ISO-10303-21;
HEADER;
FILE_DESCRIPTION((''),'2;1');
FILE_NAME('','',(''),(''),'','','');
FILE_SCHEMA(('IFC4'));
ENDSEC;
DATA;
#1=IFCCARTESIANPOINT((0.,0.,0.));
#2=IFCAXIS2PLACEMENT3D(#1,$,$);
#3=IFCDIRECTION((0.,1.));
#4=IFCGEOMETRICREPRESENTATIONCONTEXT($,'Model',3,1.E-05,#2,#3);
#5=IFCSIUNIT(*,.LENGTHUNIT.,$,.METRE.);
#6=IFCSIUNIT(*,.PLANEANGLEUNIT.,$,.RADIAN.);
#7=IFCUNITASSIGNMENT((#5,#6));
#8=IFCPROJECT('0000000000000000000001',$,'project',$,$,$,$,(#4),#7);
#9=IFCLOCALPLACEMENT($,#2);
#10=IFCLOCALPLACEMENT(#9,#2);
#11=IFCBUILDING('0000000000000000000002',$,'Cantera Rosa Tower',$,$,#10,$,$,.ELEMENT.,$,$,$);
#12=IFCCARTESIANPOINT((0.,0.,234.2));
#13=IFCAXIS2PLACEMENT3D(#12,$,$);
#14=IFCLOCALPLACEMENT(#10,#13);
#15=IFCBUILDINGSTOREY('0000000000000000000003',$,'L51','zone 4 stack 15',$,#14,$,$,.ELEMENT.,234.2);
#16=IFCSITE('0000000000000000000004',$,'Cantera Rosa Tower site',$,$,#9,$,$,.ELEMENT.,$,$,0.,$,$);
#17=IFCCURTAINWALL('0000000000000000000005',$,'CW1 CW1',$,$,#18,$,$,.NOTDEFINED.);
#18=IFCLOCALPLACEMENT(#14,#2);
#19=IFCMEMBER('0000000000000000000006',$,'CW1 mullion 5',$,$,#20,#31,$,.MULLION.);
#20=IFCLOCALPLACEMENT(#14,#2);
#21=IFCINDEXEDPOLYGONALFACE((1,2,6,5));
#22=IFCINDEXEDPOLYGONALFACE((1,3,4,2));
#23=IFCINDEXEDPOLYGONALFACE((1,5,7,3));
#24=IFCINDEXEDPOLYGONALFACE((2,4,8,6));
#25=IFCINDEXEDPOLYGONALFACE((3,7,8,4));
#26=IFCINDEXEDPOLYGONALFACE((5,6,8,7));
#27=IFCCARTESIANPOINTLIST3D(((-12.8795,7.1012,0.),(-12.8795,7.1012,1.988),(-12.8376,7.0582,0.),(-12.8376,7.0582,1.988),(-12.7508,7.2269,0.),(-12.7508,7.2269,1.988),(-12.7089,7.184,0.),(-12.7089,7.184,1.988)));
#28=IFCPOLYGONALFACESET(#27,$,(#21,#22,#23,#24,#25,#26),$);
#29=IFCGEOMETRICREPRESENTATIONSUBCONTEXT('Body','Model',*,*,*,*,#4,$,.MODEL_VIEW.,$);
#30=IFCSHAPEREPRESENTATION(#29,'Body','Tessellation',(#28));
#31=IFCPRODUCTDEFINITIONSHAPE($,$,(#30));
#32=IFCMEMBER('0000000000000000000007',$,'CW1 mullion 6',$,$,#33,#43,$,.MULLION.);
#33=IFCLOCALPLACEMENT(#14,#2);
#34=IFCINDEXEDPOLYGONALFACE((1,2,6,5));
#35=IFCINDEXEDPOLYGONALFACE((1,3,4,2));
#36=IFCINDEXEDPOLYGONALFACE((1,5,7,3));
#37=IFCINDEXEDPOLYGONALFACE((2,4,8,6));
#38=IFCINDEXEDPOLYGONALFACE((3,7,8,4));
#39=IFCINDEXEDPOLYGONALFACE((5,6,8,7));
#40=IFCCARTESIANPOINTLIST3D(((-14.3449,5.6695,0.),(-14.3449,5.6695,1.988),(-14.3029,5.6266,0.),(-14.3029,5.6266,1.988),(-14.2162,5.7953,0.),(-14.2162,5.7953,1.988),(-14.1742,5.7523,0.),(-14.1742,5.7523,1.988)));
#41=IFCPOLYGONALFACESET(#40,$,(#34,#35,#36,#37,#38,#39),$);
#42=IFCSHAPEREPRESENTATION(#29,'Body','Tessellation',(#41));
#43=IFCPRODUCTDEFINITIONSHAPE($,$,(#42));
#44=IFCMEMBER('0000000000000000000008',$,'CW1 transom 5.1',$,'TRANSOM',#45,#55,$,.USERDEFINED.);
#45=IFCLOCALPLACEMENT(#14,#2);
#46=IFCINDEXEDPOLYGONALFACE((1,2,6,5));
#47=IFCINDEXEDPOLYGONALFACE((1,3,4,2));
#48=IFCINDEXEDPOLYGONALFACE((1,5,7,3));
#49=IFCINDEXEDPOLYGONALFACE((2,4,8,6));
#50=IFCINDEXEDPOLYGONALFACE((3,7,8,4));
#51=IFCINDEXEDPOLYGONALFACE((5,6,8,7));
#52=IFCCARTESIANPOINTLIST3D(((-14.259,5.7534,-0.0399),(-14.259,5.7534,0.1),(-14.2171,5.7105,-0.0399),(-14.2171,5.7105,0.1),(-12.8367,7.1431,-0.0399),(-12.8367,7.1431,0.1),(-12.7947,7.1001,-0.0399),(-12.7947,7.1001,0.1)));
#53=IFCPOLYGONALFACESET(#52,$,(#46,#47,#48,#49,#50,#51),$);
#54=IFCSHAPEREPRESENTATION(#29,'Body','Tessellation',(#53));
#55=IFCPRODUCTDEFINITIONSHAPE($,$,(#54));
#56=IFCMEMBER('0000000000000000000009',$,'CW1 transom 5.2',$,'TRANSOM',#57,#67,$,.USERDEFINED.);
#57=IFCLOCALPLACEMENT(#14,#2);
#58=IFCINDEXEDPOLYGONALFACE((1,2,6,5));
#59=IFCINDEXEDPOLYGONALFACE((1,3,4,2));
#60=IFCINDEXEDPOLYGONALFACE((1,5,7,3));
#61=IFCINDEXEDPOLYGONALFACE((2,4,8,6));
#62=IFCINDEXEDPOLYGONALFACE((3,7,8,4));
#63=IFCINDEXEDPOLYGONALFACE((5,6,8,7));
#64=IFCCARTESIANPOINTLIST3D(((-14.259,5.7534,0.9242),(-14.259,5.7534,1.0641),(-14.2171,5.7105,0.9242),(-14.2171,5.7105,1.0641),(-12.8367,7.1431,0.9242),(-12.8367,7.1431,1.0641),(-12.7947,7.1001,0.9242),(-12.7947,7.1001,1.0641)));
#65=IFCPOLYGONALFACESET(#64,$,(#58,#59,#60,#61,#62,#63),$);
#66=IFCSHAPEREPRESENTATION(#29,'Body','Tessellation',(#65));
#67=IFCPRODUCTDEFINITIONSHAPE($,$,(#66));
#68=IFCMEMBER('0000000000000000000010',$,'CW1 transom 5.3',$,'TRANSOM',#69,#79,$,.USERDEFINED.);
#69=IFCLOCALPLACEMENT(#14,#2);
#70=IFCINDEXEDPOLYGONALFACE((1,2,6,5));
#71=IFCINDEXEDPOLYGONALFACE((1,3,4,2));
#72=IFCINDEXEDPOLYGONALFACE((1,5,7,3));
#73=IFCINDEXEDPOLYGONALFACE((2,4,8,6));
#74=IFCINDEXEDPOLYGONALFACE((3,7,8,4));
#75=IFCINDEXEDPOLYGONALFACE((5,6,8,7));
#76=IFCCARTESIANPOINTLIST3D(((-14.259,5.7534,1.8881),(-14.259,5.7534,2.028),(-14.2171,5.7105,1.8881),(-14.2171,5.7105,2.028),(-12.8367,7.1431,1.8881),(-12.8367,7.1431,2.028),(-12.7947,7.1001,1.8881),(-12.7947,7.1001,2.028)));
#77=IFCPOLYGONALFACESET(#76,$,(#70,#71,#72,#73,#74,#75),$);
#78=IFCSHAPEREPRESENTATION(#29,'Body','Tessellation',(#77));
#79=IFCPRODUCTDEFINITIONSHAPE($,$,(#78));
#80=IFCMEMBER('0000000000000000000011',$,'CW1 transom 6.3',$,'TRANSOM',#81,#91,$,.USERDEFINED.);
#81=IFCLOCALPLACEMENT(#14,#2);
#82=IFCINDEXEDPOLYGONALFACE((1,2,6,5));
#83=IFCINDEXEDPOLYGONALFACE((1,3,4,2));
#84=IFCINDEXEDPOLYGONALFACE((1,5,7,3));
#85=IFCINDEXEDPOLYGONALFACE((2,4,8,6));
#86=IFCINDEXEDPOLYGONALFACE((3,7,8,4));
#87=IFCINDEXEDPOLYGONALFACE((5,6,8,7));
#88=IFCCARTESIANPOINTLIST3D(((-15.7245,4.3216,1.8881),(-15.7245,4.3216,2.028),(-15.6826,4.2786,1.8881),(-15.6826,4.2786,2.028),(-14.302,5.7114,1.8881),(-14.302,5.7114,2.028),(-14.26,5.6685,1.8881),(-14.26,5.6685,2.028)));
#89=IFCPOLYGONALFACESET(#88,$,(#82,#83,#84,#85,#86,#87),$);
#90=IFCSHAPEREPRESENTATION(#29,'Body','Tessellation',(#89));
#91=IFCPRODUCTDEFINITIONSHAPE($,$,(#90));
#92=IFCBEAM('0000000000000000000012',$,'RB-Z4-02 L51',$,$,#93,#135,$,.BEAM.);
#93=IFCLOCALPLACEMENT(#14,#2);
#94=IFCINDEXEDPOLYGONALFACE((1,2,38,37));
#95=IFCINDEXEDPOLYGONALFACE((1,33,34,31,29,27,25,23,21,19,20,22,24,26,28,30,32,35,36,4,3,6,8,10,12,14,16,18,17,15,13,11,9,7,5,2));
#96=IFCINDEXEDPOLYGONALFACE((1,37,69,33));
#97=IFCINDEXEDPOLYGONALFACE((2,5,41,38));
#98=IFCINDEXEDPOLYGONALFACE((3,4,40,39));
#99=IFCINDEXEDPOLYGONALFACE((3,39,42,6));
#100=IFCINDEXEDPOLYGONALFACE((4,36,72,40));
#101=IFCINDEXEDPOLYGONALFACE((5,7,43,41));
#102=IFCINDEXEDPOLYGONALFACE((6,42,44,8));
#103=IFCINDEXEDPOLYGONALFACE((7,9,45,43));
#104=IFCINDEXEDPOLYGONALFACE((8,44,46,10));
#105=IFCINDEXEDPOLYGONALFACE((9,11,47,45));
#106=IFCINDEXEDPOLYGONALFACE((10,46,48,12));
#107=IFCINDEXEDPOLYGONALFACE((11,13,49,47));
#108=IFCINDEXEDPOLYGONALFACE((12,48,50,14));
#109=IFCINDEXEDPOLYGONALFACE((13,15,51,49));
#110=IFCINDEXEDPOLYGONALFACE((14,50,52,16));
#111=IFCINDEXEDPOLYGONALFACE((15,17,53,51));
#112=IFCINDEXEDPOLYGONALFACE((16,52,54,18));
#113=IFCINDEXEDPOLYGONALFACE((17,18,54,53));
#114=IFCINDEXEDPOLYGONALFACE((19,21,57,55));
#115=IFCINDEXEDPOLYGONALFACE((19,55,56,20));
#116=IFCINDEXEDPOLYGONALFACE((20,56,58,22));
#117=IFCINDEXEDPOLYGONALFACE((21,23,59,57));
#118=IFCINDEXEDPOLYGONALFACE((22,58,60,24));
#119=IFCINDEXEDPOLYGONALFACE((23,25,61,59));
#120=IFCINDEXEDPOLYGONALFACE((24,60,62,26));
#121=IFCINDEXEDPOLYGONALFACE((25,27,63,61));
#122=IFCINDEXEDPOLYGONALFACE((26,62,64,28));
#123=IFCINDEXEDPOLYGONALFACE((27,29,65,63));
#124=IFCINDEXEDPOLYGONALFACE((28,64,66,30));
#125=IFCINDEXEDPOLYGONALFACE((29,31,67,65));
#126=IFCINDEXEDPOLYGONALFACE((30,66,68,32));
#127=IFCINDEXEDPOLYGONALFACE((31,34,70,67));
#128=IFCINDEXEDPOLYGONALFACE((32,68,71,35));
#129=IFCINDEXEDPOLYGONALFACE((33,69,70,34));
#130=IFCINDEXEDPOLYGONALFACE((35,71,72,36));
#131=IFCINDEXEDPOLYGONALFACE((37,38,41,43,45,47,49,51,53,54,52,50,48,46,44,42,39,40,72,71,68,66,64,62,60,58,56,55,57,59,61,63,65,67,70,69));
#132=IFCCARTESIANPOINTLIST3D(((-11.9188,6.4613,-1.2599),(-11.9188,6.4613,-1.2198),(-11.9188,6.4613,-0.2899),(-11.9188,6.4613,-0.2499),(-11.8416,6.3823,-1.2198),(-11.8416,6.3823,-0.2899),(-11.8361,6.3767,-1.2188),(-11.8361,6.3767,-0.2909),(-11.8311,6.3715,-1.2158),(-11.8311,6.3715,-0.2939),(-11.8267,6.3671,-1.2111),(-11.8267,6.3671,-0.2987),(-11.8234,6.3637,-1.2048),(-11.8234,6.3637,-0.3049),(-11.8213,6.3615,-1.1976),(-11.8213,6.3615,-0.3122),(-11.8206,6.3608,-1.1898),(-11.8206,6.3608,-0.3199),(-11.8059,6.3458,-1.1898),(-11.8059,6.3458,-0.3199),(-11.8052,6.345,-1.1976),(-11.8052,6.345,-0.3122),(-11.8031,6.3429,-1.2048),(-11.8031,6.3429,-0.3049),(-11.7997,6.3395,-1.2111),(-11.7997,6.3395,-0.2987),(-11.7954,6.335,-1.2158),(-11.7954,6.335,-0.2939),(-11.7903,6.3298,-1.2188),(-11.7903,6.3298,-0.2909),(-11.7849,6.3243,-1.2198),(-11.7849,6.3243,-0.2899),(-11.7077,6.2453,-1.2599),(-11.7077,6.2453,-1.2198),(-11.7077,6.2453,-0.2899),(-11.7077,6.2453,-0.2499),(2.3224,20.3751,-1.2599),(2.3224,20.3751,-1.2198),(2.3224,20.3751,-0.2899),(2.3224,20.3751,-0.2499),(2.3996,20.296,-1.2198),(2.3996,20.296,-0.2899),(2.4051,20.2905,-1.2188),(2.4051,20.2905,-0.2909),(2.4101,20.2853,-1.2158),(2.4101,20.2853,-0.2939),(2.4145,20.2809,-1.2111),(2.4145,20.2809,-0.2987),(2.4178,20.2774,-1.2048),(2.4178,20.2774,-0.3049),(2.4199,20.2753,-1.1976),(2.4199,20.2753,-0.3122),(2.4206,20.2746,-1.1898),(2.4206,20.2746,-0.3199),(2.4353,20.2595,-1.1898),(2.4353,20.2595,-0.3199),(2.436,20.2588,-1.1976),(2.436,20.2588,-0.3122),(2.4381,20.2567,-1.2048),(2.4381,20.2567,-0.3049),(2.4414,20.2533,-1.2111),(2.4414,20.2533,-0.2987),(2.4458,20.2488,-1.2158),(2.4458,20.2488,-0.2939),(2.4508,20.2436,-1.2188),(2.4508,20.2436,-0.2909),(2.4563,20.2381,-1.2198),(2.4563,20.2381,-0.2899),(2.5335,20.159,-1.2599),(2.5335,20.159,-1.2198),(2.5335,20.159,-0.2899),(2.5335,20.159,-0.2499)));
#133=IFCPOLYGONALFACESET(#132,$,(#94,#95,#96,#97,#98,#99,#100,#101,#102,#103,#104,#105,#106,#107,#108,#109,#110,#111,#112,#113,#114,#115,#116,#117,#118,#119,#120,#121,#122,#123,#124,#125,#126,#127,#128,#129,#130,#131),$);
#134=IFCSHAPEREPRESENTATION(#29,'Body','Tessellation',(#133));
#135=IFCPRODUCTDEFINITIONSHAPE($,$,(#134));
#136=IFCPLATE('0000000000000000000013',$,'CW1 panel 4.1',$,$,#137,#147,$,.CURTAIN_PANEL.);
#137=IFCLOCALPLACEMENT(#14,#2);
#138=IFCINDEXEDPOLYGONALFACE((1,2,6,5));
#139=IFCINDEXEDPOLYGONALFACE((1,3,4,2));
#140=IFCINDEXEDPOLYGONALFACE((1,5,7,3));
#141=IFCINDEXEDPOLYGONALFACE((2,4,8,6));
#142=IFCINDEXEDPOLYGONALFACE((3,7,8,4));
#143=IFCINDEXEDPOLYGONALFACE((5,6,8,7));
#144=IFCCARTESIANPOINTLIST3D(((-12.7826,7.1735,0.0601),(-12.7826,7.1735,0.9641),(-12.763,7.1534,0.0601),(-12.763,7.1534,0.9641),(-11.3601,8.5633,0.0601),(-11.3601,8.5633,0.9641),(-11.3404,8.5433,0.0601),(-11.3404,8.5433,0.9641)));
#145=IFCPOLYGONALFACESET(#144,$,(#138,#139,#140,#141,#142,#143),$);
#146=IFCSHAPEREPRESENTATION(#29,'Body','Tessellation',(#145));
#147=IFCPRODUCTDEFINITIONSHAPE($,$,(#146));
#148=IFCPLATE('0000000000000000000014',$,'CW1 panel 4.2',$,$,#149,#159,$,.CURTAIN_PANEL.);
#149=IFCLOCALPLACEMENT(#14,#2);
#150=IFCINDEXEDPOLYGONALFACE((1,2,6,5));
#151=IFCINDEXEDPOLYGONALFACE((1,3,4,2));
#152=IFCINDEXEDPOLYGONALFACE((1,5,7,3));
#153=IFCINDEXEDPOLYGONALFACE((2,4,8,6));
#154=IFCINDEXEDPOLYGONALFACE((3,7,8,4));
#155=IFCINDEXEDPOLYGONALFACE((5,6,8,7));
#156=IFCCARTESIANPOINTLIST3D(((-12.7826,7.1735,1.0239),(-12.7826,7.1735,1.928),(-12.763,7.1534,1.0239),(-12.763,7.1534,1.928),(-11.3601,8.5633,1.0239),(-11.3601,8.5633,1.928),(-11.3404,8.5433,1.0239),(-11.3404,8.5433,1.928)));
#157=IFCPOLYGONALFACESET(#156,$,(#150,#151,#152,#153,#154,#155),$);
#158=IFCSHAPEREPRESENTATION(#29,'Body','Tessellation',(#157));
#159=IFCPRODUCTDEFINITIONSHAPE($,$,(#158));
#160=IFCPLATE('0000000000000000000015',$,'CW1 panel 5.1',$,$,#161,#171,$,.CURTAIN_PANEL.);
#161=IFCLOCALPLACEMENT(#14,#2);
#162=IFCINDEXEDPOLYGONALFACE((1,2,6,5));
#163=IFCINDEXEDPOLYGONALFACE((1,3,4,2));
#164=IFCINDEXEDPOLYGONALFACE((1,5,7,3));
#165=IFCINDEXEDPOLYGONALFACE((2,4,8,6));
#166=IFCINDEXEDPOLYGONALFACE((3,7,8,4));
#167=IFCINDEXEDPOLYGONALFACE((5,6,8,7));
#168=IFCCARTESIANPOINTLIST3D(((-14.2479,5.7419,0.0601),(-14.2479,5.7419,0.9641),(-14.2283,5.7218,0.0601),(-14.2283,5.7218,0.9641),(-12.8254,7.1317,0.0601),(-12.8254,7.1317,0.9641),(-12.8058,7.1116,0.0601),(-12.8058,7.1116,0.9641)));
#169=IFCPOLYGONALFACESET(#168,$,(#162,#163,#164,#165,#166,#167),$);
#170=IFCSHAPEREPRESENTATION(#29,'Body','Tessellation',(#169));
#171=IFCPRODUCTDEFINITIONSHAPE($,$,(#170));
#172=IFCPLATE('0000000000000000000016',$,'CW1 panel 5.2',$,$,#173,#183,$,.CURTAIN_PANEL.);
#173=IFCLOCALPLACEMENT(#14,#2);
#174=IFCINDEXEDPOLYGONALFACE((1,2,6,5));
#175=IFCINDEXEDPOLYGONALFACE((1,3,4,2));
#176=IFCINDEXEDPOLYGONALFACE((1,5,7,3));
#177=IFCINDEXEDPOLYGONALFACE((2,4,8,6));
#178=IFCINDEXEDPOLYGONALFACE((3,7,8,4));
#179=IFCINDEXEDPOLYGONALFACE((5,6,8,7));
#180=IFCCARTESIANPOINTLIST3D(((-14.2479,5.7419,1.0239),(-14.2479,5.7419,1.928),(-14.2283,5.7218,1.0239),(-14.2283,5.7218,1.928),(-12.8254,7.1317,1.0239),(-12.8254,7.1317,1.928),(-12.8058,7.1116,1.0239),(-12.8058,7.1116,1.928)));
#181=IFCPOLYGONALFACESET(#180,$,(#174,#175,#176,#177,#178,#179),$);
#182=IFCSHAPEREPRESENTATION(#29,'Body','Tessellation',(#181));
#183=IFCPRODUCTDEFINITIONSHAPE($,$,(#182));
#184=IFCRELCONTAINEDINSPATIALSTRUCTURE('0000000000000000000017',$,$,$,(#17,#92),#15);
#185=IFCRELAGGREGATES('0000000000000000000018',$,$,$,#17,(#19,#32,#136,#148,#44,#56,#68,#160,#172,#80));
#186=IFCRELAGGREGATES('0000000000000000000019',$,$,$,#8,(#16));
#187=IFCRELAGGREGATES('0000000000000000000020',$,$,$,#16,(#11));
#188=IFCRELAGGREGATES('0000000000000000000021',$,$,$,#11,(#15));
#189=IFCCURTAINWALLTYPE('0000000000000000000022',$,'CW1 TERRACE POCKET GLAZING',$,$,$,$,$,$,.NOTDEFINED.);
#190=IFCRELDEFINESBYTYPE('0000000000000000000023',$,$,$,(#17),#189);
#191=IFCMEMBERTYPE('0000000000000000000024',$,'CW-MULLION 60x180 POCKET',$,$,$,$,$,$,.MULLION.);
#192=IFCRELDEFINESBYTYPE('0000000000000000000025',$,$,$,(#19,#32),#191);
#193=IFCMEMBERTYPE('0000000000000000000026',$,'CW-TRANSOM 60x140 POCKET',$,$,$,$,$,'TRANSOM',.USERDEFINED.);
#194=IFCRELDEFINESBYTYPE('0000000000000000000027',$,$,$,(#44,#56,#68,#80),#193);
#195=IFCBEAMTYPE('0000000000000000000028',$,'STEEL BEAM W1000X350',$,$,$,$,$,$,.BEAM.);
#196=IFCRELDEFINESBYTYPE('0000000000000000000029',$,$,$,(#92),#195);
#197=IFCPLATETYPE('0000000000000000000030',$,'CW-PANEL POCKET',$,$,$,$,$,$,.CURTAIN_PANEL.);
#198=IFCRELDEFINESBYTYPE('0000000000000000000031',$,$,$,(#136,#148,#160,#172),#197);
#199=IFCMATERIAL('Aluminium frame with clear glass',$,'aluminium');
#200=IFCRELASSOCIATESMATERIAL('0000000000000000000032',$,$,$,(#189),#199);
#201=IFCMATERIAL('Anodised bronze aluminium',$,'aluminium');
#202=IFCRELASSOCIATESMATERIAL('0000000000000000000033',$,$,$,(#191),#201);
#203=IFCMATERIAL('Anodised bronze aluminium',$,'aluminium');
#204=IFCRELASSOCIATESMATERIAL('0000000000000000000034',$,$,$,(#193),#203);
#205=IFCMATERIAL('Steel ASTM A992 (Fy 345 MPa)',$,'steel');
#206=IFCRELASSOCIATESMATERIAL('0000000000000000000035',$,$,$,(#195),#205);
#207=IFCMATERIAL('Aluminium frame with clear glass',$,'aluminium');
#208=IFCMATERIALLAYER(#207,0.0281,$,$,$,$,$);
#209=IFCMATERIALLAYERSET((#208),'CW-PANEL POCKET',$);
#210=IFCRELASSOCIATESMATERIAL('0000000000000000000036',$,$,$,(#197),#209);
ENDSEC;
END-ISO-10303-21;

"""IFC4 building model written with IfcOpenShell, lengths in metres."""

from ifc_helpers import new_model, si_unit, direction, frame, origin, origin_2d, place, context, subcontext, project, spatial, rectangle, i_section, extrude, material, layer, layer_set, material_profile, profile_set, type_object, element, aggregate, save


model = new_model("IFC4")

# Units and contexts
model_context = context("Model", 3, precision=1e-05, world=origin(), true_north=direction((0.0, 1.0)))
body_context = subcontext(model_context, "Body", "Model", "MODEL_VIEW")
ifc_project = project(units=[si_unit("LENGTHUNIT", "METRE"), si_unit("PLANEANGLEUNIT", "RADIAN")], contexts=[model_context])

# Site, building, storey
site_placement = place(None, origin())
site = spatial("IfcSite", under=ifc_project, at=site_placement, Name="Cantera Rosa Tower site", CompositionType="ELEMENT", RefElevation=0.0)
building_placement = place(site_placement, origin())
building = spatial("IfcBuilding", under=site, at=building_placement, Name="Cantera Rosa Tower", CompositionType="ELEMENT")
storey_placement = place(building_placement, frame((0.0, 0.0, 234.2)))
storey = spatial("IfcBuildingStorey", under=building, at=storey_placement, Name="L51", Description="zone 4 stack 15", CompositionType="ELEMENT", Elevation=234.2)

# Curtain wall, members
ifc_material_1 = material(Name="Aluminium frame with clear glass", Category="aluminium")
curtain_wall_type = type_object("IfcCurtainWallType", Name="CW1 TERRACE POCKET GLAZING", PredefinedType="NOTDEFINED", material=ifc_material_1)
curtain_wall_placement = place(storey_placement, origin())
curtain_wall = element("IfcCurtainWall", 1, at=curtain_wall_placement, inside=storey, type_object=curtain_wall_type, Name="CW1 CW1", PredefinedType="NOTDEFINED")
ifc_material_2 = material(Name="Anodised bronze aluminium", Category="aluminium")
ifc_material_profile_1 = material_profile(ifc_material_2, rectangle(XDim=0.0601, YDim=0.1799, at=origin_2d()), Name="CW-MULLION 60x180 POCKET")
ifc_profile_set_1 = profile_set([ifc_material_profile_1], Name="Anodised bronze aluminium")
member_type_1 = type_object("IfcMemberType", Name="CW-MULLION 60x180 POCKET", PredefinedType="MULLION", material=ifc_profile_set_1)
member_1_placement = place(storey_placement, frame((-12.7942, 7.1426, 0.0), z_axis=(0.0, 0.0, 1.0), x_axis=(0.698832, -0.715286, 0.0)))
member_1 = element("IfcMember", 2, at=member_1_placement, type_object=member_type_1, Name="CW1 mullion 5", PredefinedType="MULLION", context=body_context, shape_type="SweptSolid", body=[
    extrude(rectangle(XDim=0.0601, YDim=0.1799, at=origin_2d()), origin(), (0.0, 0.0, 1.0), 1.988),
])
member_2_placement = place(storey_placement, frame((-14.2595, 5.7109, 0.0), z_axis=(0.0, 0.0, 1.0), x_axis=(0.698832, -0.715286, 0.0)))
member_2 = element("IfcMember", 3, at=member_2_placement, type_object=member_type_1, Name="CW1 mullion 6", PredefinedType="MULLION", context=body_context, shape_type="SweptSolid", body=[
    extrude(rectangle(XDim=0.0601, YDim=0.1799, at=origin_2d()), origin(), (0.0, 0.0, 1.0), 1.988),
])
ifc_material_3 = material(Name="Anodised bronze aluminium", Category="aluminium")
ifc_material_profile_2 = material_profile(ifc_material_3, rectangle(XDim=0.0601, YDim=0.1399, at=origin_2d()), Name="CW-TRANSOM 60x140 POCKET")
ifc_profile_set_2 = profile_set([ifc_material_profile_2], Name="Anodised bronze aluminium")
member_type_2 = type_object("IfcMemberType", Name="CW-TRANSOM 60x140 POCKET", ElementType="TRANSOM", PredefinedType="USERDEFINED", material=ifc_profile_set_2)
member_3_placement = place(storey_placement, frame((-12.8157, 7.1216, 0.03), z_axis=(-0.715285, -0.698833, 0.0), x_axis=(0.698833, -0.715285, 0.0)))
member_3 = element("IfcMember", 4, at=member_3_placement, type_object=member_type_2, Name="CW1 transom 5.1", ObjectType="TRANSOM", PredefinedType="USERDEFINED", context=body_context, shape_type="SweptSolid", body=[
    extrude(rectangle(XDim=0.0601, YDim=0.1399, at=origin_2d()), origin(), (0.0, 0.0, 1.0), 1.9885),
])
member_4_placement = place(storey_placement, frame((-12.8157, 7.1216, 0.9941), z_axis=(-0.715285, -0.698833, 0.0), x_axis=(0.698833, -0.715285, 0.0)))
member_4 = element("IfcMember", 5, at=member_4_placement, type_object=member_type_2, Name="CW1 transom 5.2", ObjectType="TRANSOM", PredefinedType="USERDEFINED", context=body_context, shape_type="SweptSolid", body=[
    extrude(rectangle(XDim=0.0601, YDim=0.1399, at=origin_2d()), origin(), (0.0, 0.0, 1.0), 1.9885),
])
member_5_placement = place(storey_placement, frame((-12.8157, 7.1216, 1.958), z_axis=(-0.715285, -0.698833, 0.0), x_axis=(0.698833, -0.715285, 0.0)))
member_5 = element("IfcMember", 6, at=member_5_placement, type_object=member_type_2, Name="CW1 transom 5.3", ObjectType="TRANSOM", PredefinedType="USERDEFINED", context=body_context, shape_type="SweptSolid", body=[
    extrude(rectangle(XDim=0.0601, YDim=0.1399, at=origin_2d()), origin(), (0.0, 0.0, 1.0), 1.9885),
])
member_6_placement = place(storey_placement, frame((-14.281, 5.6899, 1.958), z_axis=(-0.715283, -0.698834, 0.0), x_axis=(0.698834, -0.715283, 0.0)))
member_6 = element("IfcMember", 7, at=member_6_placement, type_object=member_type_2, Name="CW1 transom 6.3", ObjectType="TRANSOM", PredefinedType="USERDEFINED", context=body_context, shape_type="SweptSolid", body=[
    extrude(rectangle(XDim=0.0601, YDim=0.1399, at=origin_2d()), origin(), (0.0, 0.0, 1.0), 1.9888),
])

# Beam
ifc_material_4 = material(Name="Steel ASTM A992 (Fy 345 MPa)", Category="steel")
ifc_material_profile_3 = material_profile(ifc_material_4, i_section(OverallWidth=0.302, OverallDepth=1.01, WebThickness=0.021, FlangeThickness=0.04, FilletRadius=0.03, at=origin_2d()), Name="W1000X350")
ifc_profile_set_3 = profile_set([ifc_material_profile_3], Name="Steel ASTM A992 (Fy 345 MPa)")
beam_type = type_object("IfcBeamType", Name="STEEL BEAM W1000X350", PredefinedType="BEAM", material=ifc_profile_set_3)
beam_placement = place(storey_placement, frame((-11.8132, 6.3533, -0.7549), z_axis=(0.715281, 0.698837, 0.0), x_axis=(-0.698837, 0.715281, 0.0)))
element("IfcBeam", 8, at=beam_placement, inside=storey, type_object=beam_type, Name="RB-Z4-02 L51", PredefinedType="BEAM", context=body_context, shape_type="SweptSolid", body=[
    extrude(i_section(OverallWidth=0.302, OverallDepth=1.01, WebThickness=0.021, FlangeThickness=0.04, FilletRadius=0.03, at=origin_2d()), origin(), (0.0, 0.0, 1.0), 19.9099),
])

# Plates
ifc_material_5 = material(Name="Aluminium frame with clear glass", Category="aluminium")
ifc_layer_1 = layer(ifc_material_5, 0.0281)
ifc_layer_set_1 = layer_set([ifc_layer_1], Name="CW-PANEL POCKET")
plate_type = type_object("IfcPlateType", Name="CW-PANEL POCKET", PredefinedType="CURTAIN_PANEL", material=ifc_layer_set_1)
plate_1_placement = place(storey_placement, frame((-12.0615, 7.8584, 0.0601), z_axis=(0.0, 0.0, 1.0), x_axis=(-0.715286, -0.698832, 0.0)))
plate_1 = element("IfcPlate", 9, at=plate_1_placement, type_object=plate_type, Name="CW1 panel 4.1", PredefinedType="CURTAIN_PANEL", context=body_context, shape_type="SweptSolid", body=[
    extrude(rectangle(XDim=1.9888, YDim=0.0281, at=origin_2d()), origin(), (0.0, 0.0, 1.0), 0.9041),
])
plate_2_placement = place(storey_placement, frame((-12.0615, 7.8584, 1.0239), z_axis=(0.0, 0.0, 1.0), x_axis=(-0.715286, -0.698832, 0.0)))
plate_2 = element("IfcPlate", 10, at=plate_2_placement, type_object=plate_type, Name="CW1 panel 4.2", PredefinedType="CURTAIN_PANEL", context=body_context, shape_type="SweptSolid", body=[
    extrude(rectangle(XDim=1.9888, YDim=0.0281, at=origin_2d()), origin(), (0.0, 0.0, 1.0), 0.9041),
])
plate_3_placement = place(storey_placement, frame((-13.5269, 6.4268, 0.0601), z_axis=(0.0, 0.0, 1.0), x_axis=(-0.715286, -0.698832, 0.0)))
plate_3 = element("IfcPlate", 11, at=plate_3_placement, type_object=plate_type, Name="CW1 panel 5.1", PredefinedType="CURTAIN_PANEL", context=body_context, shape_type="SweptSolid", body=[
    extrude(rectangle(XDim=1.9888, YDim=0.0281, at=origin_2d()), origin(), (0.0, 0.0, 1.0), 0.9041),
])
plate_4_placement = place(storey_placement, frame((-13.5269, 6.4268, 1.0239), z_axis=(0.0, 0.0, 1.0), x_axis=(-0.715286, -0.698832, 0.0)))
plate_4 = element("IfcPlate", 12, at=plate_4_placement, type_object=plate_type, Name="CW1 panel 5.2", PredefinedType="CURTAIN_PANEL", context=body_context, shape_type="SweptSolid", body=[
    extrude(rectangle(XDim=1.9888, YDim=0.0281, at=origin_2d()), origin(), (0.0, 0.0, 1.0), 0.9041),
])
aggregate(curtain_wall, [member_1, member_2, plate_1, plate_2, member_3, member_4, member_5, plate_3, plate_4, member_6])

save(model, "model.ifc")
